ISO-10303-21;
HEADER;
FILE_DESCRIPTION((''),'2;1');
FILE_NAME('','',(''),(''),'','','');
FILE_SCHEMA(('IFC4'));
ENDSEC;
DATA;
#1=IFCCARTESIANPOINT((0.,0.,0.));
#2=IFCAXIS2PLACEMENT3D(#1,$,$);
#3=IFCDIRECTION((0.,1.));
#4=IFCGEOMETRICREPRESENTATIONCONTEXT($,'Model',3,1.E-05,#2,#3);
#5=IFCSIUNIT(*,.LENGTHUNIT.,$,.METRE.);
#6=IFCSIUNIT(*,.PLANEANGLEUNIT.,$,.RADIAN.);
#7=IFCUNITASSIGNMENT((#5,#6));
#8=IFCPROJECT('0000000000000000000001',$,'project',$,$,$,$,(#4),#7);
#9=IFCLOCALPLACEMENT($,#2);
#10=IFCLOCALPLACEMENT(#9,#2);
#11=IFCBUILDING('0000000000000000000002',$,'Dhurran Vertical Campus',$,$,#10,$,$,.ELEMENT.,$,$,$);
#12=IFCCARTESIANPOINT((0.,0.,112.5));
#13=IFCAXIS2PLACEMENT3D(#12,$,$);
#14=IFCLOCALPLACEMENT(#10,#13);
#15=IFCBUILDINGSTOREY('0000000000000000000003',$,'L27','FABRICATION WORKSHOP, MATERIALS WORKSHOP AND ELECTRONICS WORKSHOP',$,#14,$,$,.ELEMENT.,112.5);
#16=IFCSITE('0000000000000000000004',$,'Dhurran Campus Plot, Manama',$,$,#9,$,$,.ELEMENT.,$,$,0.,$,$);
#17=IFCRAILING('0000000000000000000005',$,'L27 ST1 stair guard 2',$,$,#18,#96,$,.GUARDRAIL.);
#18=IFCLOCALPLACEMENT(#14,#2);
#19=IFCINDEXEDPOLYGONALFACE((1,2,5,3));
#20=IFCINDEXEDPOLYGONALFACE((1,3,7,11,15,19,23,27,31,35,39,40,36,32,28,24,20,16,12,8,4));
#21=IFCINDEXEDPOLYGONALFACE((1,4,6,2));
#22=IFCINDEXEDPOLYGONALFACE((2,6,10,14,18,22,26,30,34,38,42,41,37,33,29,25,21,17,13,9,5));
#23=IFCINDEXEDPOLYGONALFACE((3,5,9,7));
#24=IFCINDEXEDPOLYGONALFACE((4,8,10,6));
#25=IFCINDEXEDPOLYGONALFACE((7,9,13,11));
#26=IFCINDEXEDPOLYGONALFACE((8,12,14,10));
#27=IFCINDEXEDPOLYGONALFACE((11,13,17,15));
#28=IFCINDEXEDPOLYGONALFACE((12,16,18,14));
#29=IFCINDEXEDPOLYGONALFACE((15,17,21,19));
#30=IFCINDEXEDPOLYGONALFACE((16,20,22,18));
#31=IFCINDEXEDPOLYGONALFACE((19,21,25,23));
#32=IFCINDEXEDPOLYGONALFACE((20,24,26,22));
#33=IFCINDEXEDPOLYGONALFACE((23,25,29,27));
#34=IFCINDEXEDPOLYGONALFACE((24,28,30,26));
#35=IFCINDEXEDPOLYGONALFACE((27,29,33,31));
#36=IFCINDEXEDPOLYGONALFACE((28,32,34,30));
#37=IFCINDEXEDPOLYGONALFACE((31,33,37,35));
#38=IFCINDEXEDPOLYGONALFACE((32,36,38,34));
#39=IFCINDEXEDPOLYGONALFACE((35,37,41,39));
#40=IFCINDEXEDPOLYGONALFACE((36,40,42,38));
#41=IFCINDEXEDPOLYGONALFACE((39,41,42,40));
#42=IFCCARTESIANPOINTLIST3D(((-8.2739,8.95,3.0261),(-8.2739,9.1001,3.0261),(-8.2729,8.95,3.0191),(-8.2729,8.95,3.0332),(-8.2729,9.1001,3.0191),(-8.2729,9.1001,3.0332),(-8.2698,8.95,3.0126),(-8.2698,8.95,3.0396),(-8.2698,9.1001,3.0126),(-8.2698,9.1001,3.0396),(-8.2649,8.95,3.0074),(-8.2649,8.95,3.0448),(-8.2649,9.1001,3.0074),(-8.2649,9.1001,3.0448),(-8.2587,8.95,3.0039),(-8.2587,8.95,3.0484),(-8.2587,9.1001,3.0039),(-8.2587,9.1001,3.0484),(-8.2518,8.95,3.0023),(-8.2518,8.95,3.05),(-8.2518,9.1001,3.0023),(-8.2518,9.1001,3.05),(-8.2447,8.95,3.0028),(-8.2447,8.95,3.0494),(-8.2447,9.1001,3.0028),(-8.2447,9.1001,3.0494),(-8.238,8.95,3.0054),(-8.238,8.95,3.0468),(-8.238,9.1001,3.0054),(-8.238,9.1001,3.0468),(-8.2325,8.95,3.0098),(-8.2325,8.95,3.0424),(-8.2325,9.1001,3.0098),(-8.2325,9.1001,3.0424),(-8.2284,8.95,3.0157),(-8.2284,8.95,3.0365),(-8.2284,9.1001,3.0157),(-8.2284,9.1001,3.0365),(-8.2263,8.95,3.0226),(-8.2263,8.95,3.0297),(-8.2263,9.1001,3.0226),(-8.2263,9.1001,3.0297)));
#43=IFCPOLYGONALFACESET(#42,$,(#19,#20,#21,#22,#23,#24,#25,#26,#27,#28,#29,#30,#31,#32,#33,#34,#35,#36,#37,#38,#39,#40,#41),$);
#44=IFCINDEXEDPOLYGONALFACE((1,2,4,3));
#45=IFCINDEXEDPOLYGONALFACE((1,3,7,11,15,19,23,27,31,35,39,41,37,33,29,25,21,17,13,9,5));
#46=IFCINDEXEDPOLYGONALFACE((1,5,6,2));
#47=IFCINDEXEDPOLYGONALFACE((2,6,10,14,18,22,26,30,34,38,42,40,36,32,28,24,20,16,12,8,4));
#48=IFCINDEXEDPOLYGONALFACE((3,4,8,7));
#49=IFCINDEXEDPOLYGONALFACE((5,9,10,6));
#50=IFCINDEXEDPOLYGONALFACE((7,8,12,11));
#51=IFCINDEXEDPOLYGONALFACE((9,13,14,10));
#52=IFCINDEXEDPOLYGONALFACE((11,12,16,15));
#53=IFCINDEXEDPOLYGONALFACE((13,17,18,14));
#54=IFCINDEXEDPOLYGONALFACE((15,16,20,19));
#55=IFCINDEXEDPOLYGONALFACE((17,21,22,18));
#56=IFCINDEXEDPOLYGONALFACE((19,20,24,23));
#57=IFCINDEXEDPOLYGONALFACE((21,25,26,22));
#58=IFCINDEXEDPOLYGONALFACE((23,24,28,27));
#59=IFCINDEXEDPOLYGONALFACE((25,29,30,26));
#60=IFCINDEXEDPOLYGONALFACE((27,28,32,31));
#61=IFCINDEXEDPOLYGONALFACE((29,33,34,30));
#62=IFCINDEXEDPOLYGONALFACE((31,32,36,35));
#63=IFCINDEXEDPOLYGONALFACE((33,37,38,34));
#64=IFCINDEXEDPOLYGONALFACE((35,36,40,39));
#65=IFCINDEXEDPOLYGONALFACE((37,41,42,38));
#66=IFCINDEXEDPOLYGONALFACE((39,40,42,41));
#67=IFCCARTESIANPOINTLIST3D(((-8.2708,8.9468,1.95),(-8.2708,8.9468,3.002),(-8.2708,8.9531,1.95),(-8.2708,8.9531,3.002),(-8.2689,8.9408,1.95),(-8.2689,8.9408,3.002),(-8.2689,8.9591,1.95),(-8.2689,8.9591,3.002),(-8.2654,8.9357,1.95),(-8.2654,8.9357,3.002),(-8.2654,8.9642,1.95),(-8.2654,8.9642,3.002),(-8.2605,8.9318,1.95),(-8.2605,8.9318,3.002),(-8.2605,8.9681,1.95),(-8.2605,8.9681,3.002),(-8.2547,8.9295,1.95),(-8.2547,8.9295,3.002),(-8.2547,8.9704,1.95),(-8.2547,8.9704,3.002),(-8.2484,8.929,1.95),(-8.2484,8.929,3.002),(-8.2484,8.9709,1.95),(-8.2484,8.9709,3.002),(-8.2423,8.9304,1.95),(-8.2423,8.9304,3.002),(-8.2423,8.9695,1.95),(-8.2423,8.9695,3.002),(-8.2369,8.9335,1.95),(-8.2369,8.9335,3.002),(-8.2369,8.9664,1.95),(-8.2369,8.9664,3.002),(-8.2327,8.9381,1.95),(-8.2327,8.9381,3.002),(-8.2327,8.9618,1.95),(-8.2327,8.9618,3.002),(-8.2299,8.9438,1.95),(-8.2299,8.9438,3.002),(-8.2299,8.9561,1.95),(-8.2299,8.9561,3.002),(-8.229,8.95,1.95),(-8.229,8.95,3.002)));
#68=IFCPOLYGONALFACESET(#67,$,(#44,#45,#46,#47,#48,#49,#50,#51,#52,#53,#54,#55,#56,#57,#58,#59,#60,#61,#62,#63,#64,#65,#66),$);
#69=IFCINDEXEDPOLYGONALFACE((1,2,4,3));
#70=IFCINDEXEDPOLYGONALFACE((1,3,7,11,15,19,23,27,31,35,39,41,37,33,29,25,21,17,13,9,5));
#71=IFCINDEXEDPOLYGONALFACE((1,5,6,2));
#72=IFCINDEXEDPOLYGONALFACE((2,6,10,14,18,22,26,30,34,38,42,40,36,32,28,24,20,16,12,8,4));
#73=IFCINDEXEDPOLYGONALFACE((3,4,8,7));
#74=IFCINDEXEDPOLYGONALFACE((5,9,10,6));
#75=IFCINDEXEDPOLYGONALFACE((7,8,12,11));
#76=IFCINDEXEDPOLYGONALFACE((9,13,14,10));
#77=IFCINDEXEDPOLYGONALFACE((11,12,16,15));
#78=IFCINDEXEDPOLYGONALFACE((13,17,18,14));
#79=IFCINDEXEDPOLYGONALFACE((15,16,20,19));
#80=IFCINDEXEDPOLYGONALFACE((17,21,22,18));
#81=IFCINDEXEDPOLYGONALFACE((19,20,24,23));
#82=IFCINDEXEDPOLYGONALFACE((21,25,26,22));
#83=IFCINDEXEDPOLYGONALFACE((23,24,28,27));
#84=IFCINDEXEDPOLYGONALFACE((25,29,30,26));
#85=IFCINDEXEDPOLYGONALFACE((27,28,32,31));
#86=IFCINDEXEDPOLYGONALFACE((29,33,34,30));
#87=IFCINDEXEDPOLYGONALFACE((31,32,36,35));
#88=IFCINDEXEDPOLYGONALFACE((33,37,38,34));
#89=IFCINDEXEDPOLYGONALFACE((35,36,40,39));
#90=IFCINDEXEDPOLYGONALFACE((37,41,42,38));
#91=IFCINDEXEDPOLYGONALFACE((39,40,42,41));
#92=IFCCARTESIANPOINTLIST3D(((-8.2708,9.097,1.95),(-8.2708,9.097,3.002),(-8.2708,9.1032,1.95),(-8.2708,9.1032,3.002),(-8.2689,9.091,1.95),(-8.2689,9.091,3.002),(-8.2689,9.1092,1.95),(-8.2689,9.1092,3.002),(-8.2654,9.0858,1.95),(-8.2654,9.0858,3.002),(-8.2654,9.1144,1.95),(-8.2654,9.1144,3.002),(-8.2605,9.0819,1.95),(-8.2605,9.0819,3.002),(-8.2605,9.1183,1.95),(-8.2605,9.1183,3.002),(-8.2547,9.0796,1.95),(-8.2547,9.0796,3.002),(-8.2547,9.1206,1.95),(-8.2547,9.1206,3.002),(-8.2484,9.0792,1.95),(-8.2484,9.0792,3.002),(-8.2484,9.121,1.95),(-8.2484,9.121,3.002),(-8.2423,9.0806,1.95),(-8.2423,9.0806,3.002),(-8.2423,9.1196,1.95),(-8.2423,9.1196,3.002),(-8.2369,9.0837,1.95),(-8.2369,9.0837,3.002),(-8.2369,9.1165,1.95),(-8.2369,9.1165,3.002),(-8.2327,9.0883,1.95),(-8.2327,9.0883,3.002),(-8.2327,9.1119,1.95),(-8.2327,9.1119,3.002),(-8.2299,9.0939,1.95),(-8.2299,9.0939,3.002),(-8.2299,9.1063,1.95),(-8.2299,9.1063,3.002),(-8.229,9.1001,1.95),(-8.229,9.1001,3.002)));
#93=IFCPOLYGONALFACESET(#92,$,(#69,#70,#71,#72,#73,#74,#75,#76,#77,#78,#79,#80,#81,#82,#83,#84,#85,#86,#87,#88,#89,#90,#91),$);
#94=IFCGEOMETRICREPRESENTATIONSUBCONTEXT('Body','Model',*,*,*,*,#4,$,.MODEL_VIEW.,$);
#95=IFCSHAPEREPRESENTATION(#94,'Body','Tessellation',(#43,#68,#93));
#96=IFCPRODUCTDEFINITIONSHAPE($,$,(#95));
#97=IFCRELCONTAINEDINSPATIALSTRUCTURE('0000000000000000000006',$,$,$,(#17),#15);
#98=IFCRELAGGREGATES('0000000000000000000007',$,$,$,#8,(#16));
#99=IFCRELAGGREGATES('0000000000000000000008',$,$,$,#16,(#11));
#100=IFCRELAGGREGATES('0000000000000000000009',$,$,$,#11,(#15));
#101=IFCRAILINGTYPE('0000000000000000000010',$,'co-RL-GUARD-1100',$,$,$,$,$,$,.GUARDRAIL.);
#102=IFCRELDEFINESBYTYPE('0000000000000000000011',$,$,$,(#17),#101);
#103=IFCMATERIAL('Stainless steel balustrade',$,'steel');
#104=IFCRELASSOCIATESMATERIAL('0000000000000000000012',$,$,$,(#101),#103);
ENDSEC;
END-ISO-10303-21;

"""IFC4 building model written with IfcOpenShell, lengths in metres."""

from ifc_helpers import new_model, si_unit, direction, frame, origin, origin_2d, place, context, subcontext, project, spatial, circle, extrude, material, type_object, element, save


model = new_model("IFC4")

# Units and contexts
model_context = context("Model", 3, precision=1e-05, world=origin(), true_north=direction((0.0, 1.0)))
body_context = subcontext(model_context, "Body", "Model", "MODEL_VIEW")
ifc_project = project(units=[si_unit("LENGTHUNIT", "METRE"), si_unit("PLANEANGLEUNIT", "RADIAN")], contexts=[model_context])

# Site, building, storey
site_placement = place(None, origin())
site = spatial("IfcSite", under=ifc_project, at=site_placement, Name="Dhurran Campus Plot, Manama", CompositionType="ELEMENT", RefElevation=0.0)
building_placement = place(site_placement, origin())
building = spatial("IfcBuilding", under=site, at=building_placement, Name="Dhurran Vertical Campus", CompositionType="ELEMENT")
storey_placement = place(building_placement, frame((0.0, 0.0, 112.5)))
storey = spatial("IfcBuildingStorey", under=building, at=storey_placement, Name="L27", Description="FABRICATION WORKSHOP, MATERIALS WORKSHOP AND ELECTRONICS WORKSHOP", CompositionType="ELEMENT", Elevation=112.5)

# Railing
ifc_material_1 = material(Name="Stainless steel balustrade", Category="steel")
railing_type_1 = type_object("IfcRailingType", Name="co-RL-GUARD-1100", PredefinedType="GUARDRAIL", material=ifc_material_1)
railing_1_placement = place(storey_placement, frame((-8.25, 8.95, 1.95)))
element("IfcRailing", 1, at=railing_1_placement, inside=storey, type_object=railing_type_1, Name="L27 ST1 stair guard 2", PredefinedType="GUARDRAIL", context=body_context, shape_type="SweptSolid", body=[
    extrude(circle(Radius=0.0239, at=origin_2d()), frame((0.0, 0.0, 1.0762), z_axis=(0.0, 1.0, 0.0), x_axis=(-1.0, 0.0, 0.0)), (0.0, 0.0, 1.0), 0.1501),
    extrude(circle(Radius=0.021, at=origin_2d()), origin(), (0.0, 0.0, 1.0), 1.052),
    extrude(circle(Radius=0.021, at=origin_2d()), frame((0.0, 0.1501, 0.0)), (0.0, 0.0, 1.0), 1.052),
])

save(model, "model.ifc")
